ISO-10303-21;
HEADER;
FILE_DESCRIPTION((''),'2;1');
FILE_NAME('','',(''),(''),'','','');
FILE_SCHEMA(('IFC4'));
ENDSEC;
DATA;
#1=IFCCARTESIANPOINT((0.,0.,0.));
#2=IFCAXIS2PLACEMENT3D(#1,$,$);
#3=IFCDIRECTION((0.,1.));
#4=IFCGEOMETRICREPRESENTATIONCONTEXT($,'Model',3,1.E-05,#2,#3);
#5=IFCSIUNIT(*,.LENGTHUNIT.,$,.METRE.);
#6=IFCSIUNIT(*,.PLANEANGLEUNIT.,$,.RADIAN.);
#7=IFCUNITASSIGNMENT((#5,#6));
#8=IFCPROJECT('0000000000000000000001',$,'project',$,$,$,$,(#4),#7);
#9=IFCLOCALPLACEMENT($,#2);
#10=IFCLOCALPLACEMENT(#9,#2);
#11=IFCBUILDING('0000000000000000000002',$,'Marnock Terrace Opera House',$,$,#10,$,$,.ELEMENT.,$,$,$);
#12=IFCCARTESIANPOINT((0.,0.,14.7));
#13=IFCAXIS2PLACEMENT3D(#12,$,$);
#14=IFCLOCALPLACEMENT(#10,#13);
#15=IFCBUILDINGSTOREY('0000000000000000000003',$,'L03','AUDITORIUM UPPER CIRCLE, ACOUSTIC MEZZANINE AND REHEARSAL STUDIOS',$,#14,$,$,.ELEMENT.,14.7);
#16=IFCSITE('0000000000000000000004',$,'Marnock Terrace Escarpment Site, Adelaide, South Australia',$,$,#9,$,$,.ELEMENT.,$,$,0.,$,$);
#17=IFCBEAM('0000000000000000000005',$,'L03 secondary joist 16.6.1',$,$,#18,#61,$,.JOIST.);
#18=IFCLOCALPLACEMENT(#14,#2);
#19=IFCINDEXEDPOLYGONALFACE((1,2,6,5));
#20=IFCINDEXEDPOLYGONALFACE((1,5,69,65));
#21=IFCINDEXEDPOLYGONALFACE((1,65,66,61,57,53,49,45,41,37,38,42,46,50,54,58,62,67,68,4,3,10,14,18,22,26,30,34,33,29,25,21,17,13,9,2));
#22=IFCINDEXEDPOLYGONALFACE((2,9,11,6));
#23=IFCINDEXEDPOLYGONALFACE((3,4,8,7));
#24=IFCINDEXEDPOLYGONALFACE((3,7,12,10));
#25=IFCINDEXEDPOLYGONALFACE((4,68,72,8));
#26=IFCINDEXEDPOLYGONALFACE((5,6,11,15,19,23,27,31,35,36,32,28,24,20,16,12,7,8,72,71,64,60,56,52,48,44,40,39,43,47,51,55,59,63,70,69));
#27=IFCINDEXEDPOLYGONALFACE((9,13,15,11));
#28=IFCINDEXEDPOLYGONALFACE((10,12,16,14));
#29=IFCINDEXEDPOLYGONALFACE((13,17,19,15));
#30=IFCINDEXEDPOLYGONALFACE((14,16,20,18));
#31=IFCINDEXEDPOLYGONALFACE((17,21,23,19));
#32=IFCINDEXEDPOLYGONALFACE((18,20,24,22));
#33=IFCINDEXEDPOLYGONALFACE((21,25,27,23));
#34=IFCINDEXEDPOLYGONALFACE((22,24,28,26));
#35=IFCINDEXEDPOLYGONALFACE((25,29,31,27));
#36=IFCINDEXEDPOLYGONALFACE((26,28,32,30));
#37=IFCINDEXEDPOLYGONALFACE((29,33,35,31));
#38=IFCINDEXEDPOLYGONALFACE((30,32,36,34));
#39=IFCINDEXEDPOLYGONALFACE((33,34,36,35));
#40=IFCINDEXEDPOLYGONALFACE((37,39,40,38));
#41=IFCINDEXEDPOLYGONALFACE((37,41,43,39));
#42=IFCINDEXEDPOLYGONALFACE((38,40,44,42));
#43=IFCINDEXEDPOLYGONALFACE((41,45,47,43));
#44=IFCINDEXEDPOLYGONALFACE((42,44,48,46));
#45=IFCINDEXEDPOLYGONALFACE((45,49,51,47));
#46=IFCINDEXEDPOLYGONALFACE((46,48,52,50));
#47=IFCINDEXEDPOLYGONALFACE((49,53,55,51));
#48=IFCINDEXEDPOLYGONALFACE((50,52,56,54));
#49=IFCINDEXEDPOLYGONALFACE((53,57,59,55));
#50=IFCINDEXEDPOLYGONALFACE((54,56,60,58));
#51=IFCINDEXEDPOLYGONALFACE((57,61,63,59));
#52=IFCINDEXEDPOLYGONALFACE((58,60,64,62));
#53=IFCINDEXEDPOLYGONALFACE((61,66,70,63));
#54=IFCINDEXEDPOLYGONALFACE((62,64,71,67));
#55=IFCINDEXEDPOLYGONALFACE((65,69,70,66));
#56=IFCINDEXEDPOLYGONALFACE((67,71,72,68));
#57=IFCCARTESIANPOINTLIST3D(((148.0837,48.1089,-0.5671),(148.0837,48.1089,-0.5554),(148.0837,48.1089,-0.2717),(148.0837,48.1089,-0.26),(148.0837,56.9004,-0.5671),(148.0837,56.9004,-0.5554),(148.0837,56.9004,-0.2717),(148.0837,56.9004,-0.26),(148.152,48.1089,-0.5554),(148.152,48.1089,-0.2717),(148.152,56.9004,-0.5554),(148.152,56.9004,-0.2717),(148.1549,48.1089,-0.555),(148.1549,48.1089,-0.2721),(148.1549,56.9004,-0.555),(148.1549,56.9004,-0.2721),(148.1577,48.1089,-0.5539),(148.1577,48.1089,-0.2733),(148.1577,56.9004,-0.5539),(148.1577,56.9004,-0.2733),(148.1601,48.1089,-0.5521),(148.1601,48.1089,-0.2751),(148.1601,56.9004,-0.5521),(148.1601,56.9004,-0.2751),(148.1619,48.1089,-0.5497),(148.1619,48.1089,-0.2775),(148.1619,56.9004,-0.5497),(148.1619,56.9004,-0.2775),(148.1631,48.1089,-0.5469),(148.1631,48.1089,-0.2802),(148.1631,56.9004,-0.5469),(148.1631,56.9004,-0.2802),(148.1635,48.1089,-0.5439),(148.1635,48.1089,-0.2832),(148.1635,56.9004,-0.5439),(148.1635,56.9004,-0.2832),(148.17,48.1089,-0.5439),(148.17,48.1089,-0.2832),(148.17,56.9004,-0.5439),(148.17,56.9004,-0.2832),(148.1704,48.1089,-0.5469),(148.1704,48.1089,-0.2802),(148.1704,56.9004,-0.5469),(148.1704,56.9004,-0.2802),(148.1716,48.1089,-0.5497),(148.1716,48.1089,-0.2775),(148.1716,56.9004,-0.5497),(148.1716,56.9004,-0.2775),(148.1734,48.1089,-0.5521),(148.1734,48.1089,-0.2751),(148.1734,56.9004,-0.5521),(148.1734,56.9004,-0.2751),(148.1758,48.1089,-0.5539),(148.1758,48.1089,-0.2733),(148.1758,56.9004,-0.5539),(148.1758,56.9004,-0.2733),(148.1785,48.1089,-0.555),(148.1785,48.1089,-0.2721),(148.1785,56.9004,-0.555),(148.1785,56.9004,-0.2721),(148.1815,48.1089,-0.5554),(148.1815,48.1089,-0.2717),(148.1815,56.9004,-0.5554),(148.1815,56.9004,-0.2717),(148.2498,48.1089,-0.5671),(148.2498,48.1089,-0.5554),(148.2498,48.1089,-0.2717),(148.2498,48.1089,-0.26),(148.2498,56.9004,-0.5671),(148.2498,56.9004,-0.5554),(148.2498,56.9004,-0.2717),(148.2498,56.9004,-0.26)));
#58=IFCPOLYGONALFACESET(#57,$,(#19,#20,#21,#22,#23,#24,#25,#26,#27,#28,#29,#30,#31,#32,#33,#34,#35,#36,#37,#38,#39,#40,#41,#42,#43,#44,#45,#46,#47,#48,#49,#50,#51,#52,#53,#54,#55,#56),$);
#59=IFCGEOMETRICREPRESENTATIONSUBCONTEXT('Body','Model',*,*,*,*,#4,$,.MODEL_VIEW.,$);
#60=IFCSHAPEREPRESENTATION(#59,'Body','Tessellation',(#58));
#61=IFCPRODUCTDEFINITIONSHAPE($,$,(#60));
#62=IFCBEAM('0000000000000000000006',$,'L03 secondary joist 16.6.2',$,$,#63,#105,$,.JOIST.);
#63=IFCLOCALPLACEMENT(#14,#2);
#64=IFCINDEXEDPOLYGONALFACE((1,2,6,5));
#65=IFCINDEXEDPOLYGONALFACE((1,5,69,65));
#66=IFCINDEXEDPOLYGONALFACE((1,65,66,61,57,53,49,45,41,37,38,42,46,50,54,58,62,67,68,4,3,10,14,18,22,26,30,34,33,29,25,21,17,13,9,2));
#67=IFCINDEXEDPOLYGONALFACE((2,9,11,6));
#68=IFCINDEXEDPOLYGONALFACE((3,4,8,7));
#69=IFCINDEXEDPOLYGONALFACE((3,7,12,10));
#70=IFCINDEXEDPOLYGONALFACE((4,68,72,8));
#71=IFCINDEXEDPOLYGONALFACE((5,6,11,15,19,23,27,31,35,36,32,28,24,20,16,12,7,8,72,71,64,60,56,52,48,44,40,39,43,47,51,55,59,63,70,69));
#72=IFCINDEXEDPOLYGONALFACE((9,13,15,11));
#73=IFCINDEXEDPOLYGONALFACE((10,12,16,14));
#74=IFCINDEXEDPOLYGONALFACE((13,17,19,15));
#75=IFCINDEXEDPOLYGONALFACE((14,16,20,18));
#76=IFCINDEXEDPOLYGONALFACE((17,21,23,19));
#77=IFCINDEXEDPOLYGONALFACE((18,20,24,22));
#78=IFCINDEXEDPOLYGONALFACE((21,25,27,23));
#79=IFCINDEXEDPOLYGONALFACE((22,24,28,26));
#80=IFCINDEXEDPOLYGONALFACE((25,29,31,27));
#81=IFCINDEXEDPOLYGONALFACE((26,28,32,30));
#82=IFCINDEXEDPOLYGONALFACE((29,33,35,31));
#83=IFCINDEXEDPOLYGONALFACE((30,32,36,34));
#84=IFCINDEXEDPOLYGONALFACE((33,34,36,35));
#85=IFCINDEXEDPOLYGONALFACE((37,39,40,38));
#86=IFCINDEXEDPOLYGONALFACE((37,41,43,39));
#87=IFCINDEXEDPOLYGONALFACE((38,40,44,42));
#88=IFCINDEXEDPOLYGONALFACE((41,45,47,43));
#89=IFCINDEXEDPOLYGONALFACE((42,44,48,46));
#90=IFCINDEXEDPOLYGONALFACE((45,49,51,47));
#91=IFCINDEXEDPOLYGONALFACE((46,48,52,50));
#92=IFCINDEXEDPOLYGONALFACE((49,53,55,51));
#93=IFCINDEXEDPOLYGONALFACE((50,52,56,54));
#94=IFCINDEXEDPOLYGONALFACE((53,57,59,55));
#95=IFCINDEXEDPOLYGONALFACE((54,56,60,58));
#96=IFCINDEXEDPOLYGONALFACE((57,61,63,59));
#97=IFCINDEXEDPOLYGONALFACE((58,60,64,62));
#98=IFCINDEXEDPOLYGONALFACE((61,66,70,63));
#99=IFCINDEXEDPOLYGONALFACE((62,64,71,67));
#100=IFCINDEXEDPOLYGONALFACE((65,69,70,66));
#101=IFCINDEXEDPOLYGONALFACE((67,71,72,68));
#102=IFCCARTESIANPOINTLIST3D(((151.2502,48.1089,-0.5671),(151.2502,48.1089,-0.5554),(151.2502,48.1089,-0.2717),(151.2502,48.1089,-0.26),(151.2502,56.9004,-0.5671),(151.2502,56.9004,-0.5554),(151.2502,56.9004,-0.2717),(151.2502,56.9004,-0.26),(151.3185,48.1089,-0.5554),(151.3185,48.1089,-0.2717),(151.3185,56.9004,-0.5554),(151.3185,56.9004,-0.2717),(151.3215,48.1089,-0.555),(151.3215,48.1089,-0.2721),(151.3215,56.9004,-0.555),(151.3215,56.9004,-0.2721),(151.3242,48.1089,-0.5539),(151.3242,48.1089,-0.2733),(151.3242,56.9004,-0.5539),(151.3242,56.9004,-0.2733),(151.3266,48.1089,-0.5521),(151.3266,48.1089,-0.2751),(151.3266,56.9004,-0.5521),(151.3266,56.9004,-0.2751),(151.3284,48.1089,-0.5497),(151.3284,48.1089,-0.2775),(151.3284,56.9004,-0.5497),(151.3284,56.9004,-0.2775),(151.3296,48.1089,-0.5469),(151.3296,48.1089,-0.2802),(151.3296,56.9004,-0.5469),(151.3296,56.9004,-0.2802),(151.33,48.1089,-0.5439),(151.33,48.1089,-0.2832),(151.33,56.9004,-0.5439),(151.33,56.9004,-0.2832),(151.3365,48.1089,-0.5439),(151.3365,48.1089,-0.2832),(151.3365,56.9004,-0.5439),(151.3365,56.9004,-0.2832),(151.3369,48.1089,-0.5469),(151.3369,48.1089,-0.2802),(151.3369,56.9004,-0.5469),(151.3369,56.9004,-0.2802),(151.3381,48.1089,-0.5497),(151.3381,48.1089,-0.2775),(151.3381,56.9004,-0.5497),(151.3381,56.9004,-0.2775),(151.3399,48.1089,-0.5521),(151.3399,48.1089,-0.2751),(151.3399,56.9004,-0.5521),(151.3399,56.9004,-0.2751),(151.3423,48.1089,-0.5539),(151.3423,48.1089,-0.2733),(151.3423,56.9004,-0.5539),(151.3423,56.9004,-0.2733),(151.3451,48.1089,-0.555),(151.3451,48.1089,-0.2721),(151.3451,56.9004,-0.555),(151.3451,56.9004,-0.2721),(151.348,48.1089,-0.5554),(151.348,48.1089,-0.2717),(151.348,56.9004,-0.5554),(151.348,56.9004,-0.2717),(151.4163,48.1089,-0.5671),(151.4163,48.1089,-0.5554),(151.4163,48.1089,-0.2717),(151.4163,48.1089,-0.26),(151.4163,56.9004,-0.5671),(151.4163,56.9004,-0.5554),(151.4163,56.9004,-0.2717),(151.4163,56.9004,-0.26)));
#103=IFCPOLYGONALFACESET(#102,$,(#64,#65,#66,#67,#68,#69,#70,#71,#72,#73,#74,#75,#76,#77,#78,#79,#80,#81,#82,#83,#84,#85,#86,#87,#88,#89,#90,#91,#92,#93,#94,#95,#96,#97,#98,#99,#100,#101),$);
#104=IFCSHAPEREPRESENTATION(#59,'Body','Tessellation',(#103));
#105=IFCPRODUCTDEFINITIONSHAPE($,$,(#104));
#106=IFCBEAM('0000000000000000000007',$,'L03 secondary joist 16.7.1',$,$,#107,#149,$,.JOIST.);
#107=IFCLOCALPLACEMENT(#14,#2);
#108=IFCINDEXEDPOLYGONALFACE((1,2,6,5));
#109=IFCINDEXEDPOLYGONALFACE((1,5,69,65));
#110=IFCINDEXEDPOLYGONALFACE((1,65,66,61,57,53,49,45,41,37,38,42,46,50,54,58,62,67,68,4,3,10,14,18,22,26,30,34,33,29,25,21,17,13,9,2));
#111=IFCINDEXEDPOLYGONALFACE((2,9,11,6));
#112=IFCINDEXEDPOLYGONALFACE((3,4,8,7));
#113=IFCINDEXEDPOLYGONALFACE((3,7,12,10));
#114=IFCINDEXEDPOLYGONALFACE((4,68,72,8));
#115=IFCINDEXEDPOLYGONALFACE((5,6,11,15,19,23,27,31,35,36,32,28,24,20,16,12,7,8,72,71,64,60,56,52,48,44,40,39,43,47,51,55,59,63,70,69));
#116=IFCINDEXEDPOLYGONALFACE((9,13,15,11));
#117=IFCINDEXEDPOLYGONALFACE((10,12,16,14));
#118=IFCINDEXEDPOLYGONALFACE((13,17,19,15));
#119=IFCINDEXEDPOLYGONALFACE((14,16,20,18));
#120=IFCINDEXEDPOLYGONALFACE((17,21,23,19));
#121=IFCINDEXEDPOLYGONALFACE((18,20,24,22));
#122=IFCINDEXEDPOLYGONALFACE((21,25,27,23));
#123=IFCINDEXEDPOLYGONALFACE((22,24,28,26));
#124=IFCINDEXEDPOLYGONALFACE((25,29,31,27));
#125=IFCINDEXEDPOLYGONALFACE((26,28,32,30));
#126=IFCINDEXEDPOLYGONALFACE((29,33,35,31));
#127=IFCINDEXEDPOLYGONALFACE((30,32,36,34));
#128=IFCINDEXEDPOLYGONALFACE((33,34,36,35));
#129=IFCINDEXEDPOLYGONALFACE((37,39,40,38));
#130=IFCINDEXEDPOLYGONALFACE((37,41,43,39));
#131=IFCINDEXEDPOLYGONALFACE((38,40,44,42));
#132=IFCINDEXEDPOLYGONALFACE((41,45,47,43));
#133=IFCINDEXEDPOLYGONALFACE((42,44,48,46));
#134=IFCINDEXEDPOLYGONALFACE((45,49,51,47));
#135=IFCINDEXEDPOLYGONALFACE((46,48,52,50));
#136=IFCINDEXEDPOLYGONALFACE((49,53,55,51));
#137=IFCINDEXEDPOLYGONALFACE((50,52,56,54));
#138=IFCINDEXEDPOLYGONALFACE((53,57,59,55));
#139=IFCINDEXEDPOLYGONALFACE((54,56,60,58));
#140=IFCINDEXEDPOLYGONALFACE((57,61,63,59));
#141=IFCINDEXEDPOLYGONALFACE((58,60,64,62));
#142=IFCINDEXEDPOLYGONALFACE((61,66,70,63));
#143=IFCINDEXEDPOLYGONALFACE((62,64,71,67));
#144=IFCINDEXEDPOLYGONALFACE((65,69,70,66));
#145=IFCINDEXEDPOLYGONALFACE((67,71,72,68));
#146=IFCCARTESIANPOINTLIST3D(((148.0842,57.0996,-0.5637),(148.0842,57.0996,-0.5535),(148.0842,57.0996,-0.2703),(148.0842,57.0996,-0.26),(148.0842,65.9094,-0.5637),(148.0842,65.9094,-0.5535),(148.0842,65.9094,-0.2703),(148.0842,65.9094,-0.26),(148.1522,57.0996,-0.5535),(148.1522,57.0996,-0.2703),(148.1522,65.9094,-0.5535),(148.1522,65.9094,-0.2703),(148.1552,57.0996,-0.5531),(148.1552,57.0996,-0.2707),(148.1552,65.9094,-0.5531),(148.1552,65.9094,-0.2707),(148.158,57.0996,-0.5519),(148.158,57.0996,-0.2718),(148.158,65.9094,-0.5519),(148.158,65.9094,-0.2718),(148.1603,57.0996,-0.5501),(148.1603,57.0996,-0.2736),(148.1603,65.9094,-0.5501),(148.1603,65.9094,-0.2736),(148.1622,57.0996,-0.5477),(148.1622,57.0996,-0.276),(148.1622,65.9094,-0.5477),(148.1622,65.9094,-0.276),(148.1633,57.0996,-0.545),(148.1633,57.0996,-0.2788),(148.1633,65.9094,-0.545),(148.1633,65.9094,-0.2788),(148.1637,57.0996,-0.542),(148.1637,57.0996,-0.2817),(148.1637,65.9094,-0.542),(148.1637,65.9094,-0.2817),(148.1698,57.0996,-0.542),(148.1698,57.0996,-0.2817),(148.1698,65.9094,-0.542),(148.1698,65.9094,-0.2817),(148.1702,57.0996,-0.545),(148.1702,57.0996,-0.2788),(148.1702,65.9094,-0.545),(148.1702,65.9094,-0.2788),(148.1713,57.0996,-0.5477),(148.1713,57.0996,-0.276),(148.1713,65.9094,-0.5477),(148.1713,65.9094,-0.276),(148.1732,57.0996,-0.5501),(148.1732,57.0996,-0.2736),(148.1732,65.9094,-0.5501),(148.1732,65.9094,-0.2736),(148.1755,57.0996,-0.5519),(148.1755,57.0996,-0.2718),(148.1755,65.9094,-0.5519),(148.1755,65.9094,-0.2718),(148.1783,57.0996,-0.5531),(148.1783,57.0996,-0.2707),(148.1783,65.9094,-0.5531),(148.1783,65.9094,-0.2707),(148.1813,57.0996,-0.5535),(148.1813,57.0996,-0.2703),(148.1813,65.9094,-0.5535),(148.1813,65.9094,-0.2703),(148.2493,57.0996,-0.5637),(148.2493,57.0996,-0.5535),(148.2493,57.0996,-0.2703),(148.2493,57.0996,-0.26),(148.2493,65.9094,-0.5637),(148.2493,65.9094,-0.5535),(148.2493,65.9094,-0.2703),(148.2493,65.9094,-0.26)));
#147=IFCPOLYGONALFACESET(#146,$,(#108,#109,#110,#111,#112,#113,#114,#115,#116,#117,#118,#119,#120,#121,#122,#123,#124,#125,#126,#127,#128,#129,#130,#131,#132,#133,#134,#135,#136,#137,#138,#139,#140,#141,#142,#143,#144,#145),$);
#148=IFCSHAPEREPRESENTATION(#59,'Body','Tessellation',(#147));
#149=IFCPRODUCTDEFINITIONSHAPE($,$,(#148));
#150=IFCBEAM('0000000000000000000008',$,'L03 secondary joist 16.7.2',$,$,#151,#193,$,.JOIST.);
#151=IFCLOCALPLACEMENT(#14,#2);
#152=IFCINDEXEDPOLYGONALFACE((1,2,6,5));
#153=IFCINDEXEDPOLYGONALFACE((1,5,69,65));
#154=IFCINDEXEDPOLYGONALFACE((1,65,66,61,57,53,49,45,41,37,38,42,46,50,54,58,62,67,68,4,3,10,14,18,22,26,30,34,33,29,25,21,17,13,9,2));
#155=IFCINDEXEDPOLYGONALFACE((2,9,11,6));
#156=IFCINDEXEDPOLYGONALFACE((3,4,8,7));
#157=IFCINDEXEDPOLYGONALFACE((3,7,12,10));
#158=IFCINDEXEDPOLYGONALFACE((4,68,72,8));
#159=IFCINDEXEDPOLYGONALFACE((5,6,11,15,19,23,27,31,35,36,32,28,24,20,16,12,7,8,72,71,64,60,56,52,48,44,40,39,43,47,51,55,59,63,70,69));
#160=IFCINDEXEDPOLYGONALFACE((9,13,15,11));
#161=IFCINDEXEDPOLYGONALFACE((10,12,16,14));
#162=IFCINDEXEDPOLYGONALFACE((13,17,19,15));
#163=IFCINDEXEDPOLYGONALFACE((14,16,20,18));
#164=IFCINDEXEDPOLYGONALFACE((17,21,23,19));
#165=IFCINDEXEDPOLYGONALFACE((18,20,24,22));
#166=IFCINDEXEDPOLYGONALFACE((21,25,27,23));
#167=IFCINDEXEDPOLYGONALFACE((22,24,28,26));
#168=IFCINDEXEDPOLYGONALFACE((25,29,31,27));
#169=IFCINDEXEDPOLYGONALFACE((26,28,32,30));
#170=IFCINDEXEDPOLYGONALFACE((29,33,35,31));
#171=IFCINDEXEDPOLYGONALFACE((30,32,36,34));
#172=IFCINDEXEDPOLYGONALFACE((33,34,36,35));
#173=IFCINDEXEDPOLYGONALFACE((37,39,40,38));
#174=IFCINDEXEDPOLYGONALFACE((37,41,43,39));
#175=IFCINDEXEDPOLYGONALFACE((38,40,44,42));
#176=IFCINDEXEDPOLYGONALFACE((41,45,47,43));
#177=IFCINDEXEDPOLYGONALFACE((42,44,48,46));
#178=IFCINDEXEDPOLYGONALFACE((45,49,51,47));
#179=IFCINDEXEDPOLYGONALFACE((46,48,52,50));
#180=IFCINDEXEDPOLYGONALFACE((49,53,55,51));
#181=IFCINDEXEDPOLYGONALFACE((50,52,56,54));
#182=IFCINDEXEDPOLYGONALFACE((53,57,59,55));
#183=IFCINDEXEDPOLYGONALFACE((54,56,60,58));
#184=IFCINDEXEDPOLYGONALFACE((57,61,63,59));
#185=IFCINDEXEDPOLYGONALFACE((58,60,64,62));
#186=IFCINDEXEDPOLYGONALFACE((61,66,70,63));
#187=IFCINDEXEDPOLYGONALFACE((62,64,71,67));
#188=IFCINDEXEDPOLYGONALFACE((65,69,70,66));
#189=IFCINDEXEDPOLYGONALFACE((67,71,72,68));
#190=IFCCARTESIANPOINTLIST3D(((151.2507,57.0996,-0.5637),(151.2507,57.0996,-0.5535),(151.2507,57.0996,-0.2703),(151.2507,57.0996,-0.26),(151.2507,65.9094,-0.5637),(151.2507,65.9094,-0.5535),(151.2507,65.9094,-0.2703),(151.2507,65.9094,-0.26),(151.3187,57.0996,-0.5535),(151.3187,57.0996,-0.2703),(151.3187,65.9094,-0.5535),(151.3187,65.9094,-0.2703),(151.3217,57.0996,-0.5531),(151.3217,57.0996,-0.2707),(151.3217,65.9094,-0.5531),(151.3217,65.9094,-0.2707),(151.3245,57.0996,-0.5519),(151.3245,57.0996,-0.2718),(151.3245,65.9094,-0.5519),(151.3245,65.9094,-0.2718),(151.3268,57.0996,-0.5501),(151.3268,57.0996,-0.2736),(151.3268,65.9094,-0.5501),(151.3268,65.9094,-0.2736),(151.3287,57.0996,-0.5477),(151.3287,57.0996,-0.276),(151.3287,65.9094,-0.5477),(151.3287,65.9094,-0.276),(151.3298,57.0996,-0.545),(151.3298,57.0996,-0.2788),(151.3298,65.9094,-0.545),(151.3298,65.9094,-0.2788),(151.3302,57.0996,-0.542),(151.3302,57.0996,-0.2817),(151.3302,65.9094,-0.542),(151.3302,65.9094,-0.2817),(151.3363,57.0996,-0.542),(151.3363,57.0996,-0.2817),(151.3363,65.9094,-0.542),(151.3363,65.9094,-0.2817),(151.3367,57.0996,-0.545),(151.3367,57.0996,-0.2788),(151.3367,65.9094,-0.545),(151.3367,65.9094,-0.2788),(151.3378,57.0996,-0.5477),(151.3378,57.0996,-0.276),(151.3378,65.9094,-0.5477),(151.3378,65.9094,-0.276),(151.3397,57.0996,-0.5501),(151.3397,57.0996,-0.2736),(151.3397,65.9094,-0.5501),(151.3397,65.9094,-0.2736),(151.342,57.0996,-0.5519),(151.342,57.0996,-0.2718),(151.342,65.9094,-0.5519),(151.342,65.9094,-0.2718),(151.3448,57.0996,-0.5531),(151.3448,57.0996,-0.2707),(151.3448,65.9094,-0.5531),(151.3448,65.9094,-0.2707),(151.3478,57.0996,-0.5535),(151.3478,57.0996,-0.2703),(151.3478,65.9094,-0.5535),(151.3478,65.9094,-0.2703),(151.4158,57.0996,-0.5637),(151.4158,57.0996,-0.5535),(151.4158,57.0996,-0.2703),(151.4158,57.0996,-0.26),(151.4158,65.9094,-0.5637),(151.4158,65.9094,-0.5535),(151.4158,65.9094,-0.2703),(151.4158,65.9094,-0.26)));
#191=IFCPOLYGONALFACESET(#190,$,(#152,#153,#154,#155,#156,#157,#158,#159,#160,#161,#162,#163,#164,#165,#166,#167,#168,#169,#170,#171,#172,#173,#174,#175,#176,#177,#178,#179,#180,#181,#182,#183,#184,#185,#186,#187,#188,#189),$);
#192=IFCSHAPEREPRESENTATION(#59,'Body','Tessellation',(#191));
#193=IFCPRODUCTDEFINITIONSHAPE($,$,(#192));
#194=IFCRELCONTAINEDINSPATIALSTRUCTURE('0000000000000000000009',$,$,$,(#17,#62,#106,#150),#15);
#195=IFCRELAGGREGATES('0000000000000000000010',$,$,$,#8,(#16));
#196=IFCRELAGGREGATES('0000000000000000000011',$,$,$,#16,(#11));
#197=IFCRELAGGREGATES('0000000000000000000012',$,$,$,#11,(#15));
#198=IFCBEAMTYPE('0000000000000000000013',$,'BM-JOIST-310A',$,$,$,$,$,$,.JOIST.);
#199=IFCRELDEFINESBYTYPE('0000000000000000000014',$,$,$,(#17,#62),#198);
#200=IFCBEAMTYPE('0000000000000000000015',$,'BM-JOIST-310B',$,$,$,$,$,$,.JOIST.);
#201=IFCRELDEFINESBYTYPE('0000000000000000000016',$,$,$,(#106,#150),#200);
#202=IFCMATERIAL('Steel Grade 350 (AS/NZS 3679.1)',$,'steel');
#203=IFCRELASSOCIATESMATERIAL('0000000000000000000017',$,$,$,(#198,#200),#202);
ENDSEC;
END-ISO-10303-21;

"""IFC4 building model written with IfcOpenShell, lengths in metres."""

from ifc_helpers import new_model, si_unit, direction, frame, origin, origin_2d, place, context, subcontext, project, spatial, i_section, extrude, material, material_profile, profile_set, type_object, element, save


model = new_model("IFC4")

# Units and contexts
model_context = context("Model", 3, precision=1e-05, world=origin(), true_north=direction((0.0, 1.0)))
body_context = subcontext(model_context, "Body", "Model", "MODEL_VIEW")
ifc_project = project(units=[si_unit("LENGTHUNIT", "METRE"), si_unit("PLANEANGLEUNIT", "RADIAN")], contexts=[model_context])

# Site, building, storey
site_placement = place(None, origin())
site = spatial("IfcSite", under=ifc_project, at=site_placement, Name="Marnock Terrace Escarpment Site, Adelaide, South Australia", CompositionType="ELEMENT", RefElevation=0.0)
building_placement = place(site_placement, origin())
building = spatial("IfcBuilding", under=site, at=building_placement, Name="Marnock Terrace Opera House", CompositionType="ELEMENT")
storey_placement = place(building_placement, frame((0.0, 0.0, 14.7)))
storey = spatial("IfcBuildingStorey", under=building, at=storey_placement, Name="L03", Description="AUDITORIUM UPPER CIRCLE, ACOUSTIC MEZZANINE AND REHEARSAL STUDIOS", CompositionType="ELEMENT", Elevation=14.7)

# Beams
ifc_material_1 = material(Name="Steel Grade 350 (AS/NZS 3679.1)", Category="steel")
ifc_material_profile_1 = material_profile(ifc_material_1, i_section(OverallWidth=0.166, OverallDepth=0.3071, WebThickness=0.0066, FlangeThickness=0.0117, FilletRadius=0.0115, at=origin_2d()))
ifc_profile_set_1 = profile_set([ifc_material_profile_1], Name="Steel Grade 350 (AS/NZS 3679.1)")
beam_type_1 = type_object("IfcBeamType", Name="BM-JOIST-310A", PredefinedType="JOIST", material=ifc_profile_set_1)
for number, where, z_axis, x_axis, name in (
    (1, (148.1667, 48.1089, -0.4136), (0.0, 1.0, 0.0), (-1.0, 0.0, 0.0), "L03 secondary joist 16.6.1"),
    (2, (151.3333, 48.1089, -0.4136), (0.0, 1.0, 0.0), (-1.0, 0.0, 0.0), "L03 secondary joist 16.6.2"),
):
    element("IfcBeam", number, at=place(storey_placement, frame(where, z_axis=z_axis, x_axis=x_axis)), inside=storey, type_object=beam_type_1, Name=name, PredefinedType="JOIST", context=body_context, shape_type="SweptSolid", body=[
        extrude(i_section(OverallWidth=0.166, OverallDepth=0.3071, WebThickness=0.0066, FlangeThickness=0.0117, FilletRadius=0.0115, at=origin_2d()), origin(), (0.0, 0.0, 1.0), 8.7915),
    ])
ifc_material_profile_2 = material_profile(ifc_material_1, i_section(OverallWidth=0.165, OverallDepth=0.3037, WebThickness=0.0061, FlangeThickness=0.0103, FilletRadius=0.0115, at=origin_2d()))
ifc_profile_set_2 = profile_set([ifc_material_profile_2], Name="Steel Grade 350 (AS/NZS 3679.1)")
beam_type_2 = type_object("IfcBeamType", Name="BM-JOIST-310B", PredefinedType="JOIST", material=ifc_profile_set_2)
for number, where, z_axis, x_axis, name in (
    (3, (148.1667, 57.0996, -0.4119), (0.0, 1.0, 0.0), (-1.0, 0.0, 0.0), "L03 secondary joist 16.7.1"),
    (4, (151.3333, 57.0996, -0.4119), (0.0, 1.0, 0.0), (-1.0, 0.0, 0.0), "L03 secondary joist 16.7.2"),
):
    element("IfcBeam", number, at=place(storey_placement, frame(where, z_axis=z_axis, x_axis=x_axis)), inside=storey, type_object=beam_type_2, Name=name, PredefinedType="JOIST", context=body_context, shape_type="SweptSolid", body=[
        extrude(i_section(OverallWidth=0.165, OverallDepth=0.3037, WebThickness=0.0061, FlangeThickness=0.0103, FilletRadius=0.0115, at=origin_2d()), origin(), (0.0, 0.0, 1.0), 8.8098),
    ])

save(model, "model.ifc")
